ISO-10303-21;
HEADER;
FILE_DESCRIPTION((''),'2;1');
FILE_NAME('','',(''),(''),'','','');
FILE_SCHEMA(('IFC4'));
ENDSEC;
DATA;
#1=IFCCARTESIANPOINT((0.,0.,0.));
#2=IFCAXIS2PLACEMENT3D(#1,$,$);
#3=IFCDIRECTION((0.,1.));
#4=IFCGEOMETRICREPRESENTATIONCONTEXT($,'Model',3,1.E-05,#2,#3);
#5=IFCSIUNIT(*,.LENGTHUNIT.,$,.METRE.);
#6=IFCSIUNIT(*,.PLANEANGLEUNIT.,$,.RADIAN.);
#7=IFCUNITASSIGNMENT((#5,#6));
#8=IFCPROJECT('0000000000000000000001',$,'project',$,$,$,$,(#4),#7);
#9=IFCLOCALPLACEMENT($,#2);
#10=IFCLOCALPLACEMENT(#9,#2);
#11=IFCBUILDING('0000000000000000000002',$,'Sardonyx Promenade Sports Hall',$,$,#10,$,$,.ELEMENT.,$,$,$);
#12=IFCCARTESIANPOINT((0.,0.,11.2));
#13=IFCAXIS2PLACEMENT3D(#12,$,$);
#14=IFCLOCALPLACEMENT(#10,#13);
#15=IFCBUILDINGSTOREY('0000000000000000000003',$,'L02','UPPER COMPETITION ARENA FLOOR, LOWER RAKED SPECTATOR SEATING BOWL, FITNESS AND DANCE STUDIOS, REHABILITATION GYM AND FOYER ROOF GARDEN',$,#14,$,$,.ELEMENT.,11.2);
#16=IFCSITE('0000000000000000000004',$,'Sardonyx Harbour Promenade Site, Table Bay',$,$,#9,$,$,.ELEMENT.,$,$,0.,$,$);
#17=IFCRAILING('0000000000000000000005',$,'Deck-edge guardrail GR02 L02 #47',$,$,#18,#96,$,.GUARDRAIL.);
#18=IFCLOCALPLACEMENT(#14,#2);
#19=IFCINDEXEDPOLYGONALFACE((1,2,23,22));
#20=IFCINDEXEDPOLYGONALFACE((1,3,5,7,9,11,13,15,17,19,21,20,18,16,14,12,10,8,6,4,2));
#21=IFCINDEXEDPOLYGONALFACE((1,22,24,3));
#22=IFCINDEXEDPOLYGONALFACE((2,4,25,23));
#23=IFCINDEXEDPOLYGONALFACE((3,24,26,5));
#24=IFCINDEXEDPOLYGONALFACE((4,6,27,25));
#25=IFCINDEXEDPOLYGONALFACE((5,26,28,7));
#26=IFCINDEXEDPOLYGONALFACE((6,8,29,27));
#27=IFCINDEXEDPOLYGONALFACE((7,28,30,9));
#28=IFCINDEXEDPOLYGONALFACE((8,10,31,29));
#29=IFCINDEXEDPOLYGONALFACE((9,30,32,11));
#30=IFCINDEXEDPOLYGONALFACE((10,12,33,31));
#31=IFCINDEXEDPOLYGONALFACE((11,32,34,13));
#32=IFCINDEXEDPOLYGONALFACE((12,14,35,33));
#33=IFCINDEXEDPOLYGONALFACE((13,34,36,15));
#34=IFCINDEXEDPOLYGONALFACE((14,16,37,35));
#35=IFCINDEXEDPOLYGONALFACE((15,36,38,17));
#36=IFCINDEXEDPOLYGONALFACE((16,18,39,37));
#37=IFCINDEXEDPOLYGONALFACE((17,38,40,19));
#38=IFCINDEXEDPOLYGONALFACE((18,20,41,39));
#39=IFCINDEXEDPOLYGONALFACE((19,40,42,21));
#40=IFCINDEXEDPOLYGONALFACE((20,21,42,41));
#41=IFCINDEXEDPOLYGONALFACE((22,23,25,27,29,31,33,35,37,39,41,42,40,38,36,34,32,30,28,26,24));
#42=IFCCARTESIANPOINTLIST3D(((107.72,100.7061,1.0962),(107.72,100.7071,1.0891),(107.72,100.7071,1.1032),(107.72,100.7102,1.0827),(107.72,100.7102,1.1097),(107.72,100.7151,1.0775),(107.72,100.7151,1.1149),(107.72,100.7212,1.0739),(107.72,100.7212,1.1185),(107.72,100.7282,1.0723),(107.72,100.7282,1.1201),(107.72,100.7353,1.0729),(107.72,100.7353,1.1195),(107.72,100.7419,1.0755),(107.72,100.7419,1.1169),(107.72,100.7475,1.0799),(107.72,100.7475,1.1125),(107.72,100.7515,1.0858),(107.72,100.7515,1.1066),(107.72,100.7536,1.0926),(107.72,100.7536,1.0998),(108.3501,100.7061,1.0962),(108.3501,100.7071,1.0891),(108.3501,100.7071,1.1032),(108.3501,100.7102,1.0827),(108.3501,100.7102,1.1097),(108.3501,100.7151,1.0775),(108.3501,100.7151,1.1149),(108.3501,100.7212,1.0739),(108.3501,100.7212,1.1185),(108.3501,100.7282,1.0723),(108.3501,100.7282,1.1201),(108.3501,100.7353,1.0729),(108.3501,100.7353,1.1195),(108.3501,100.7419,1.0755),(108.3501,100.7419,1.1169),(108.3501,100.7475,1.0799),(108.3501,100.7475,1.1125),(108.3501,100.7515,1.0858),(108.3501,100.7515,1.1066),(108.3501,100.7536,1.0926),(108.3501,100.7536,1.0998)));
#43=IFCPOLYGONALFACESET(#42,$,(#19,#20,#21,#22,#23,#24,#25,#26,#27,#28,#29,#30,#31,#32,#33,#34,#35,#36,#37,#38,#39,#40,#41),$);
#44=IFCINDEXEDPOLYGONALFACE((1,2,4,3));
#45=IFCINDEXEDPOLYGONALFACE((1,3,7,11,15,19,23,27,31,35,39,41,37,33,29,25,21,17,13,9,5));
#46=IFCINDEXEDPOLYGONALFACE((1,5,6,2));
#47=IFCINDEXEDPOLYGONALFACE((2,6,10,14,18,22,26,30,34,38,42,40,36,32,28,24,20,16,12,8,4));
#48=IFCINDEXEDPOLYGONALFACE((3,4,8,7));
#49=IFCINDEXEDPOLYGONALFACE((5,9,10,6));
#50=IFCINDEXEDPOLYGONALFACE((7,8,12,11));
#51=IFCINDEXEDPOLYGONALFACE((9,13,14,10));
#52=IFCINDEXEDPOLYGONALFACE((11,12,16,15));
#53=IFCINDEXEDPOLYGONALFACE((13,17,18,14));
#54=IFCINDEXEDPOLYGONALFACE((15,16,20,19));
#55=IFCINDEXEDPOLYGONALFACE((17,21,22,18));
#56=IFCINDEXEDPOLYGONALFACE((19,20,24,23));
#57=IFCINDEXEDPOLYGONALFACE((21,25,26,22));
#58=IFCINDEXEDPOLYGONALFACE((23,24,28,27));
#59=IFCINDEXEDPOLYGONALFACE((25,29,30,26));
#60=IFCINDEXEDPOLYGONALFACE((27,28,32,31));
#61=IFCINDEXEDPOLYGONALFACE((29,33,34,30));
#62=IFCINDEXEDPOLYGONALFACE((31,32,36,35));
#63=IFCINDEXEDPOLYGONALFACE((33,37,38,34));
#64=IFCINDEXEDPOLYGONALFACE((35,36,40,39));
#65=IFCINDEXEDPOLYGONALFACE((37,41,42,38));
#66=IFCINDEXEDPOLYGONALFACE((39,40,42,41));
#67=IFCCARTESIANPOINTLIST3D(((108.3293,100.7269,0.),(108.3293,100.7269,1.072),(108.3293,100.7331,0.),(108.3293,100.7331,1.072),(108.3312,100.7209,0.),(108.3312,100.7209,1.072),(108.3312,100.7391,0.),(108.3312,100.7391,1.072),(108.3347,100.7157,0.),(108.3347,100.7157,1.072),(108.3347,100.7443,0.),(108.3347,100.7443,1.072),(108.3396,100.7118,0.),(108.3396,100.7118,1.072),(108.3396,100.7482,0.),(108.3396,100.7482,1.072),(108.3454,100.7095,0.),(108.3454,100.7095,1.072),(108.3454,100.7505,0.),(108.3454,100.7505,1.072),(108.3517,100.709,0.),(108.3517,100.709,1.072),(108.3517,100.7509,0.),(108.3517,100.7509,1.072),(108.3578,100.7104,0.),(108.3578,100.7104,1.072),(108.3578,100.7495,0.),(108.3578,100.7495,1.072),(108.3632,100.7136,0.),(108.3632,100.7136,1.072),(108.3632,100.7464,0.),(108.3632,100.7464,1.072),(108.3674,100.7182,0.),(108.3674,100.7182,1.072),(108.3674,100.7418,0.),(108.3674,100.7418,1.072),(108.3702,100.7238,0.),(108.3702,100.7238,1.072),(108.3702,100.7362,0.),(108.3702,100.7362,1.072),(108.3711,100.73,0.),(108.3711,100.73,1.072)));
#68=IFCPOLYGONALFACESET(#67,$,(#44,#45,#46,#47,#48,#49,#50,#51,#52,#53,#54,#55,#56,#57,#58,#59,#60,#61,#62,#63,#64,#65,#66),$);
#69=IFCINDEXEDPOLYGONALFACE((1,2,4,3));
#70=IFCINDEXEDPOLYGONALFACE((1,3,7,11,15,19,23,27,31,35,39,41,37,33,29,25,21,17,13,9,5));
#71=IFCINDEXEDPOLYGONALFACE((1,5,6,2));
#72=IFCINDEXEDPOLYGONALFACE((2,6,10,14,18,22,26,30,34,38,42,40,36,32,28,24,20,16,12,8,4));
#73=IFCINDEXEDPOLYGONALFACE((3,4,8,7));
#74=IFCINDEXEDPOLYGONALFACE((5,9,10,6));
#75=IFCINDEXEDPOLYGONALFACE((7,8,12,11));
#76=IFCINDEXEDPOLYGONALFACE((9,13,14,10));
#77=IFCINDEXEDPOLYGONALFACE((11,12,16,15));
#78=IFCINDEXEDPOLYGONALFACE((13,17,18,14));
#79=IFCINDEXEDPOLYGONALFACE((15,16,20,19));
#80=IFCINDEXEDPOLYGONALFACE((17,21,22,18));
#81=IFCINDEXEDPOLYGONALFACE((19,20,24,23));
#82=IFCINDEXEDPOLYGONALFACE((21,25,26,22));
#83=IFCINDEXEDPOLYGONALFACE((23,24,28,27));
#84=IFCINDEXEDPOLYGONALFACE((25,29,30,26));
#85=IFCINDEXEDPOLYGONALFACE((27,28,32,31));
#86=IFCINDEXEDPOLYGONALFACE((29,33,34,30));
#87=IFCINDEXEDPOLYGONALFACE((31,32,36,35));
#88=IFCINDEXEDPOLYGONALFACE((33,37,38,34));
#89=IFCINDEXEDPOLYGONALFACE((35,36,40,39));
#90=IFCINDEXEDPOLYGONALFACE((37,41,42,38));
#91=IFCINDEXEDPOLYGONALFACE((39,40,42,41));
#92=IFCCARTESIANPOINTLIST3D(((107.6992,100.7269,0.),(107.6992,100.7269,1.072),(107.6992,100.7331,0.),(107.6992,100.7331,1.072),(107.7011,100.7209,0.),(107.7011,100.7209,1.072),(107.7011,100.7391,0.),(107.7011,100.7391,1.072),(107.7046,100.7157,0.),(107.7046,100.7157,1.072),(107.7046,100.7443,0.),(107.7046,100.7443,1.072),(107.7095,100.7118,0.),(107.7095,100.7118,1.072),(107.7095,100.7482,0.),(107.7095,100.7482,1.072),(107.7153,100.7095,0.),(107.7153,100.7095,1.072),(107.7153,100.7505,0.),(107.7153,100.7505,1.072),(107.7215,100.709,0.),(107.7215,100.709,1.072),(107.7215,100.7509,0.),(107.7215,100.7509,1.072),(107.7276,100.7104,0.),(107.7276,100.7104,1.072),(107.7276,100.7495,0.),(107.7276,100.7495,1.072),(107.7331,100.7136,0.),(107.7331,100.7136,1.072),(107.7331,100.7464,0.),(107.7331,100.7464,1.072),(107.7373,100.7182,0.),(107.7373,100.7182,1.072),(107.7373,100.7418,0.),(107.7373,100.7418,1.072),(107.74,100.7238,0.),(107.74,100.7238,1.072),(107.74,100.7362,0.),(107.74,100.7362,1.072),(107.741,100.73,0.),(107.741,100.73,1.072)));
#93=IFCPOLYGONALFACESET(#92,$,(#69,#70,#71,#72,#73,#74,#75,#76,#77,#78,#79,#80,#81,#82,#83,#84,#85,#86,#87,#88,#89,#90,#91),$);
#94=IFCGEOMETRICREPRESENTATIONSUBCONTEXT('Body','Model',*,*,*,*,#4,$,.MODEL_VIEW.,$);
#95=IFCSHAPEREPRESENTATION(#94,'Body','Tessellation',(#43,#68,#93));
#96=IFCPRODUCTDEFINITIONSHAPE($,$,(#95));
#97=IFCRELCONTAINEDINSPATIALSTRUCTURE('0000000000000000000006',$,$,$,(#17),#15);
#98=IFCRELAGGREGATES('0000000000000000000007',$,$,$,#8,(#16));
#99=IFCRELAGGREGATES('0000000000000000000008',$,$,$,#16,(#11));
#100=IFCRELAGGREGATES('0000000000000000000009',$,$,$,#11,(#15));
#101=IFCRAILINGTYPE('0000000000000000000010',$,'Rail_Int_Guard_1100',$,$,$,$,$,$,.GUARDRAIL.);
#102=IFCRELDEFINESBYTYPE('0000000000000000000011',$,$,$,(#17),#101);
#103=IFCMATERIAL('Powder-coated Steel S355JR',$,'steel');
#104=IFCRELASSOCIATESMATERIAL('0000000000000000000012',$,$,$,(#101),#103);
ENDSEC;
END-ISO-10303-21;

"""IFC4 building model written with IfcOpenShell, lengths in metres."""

from ifc_helpers import new_model, si_unit, direction, frame, origin, origin_2d, place, context, subcontext, project, spatial, circle, extrude, material, type_object, element, save


model = new_model("IFC4")

# Units and contexts
model_context = context("Model", 3, precision=1e-05, world=origin(), true_north=direction((0.0, 1.0)))
body_context = subcontext(model_context, "Body", "Model", "MODEL_VIEW")
ifc_project = project(units=[si_unit("LENGTHUNIT", "METRE"), si_unit("PLANEANGLEUNIT", "RADIAN")], contexts=[model_context])

# Site, building, storey
site_placement = place(None, origin())
site = spatial("IfcSite", under=ifc_project, at=site_placement, Name="Sardonyx Harbour Promenade Site, Table Bay", CompositionType="ELEMENT", RefElevation=0.0)
building_placement = place(site_placement, origin())
building = spatial("IfcBuilding", under=site, at=building_placement, Name="Sardonyx Promenade Sports Hall", CompositionType="ELEMENT")
storey_placement = place(building_placement, frame((0.0, 0.0, 11.2)))
storey = spatial("IfcBuildingStorey", under=building, at=storey_placement, Name="L02", Description="UPPER COMPETITION ARENA FLOOR, LOWER RAKED SPECTATOR SEATING BOWL, FITNESS AND DANCE STUDIOS, REHABILITATION GYM AND FOYER ROOF GARDEN", CompositionType="ELEMENT", Elevation=11.2)

# Railing
ifc_material_1 = material(Name="Powder-coated Steel S355JR", Category="steel")
railing_type = type_object("IfcRailingType", Name="Rail_Int_Guard_1100", PredefinedType="GUARDRAIL", material=ifc_material_1)
railing_1_placement = place(storey_placement, frame((108.3501, 100.73, 0.0)))
element("IfcRailing", 1, at=railing_1_placement, inside=storey, type_object=railing_type, Name="Deck-edge guardrail GR02 L02 #47", PredefinedType="GUARDRAIL", context=body_context, shape_type="SweptSolid", body=[
    extrude(circle(Radius=0.0239, at=origin_2d()), frame((0.0, 0.0, 1.0962), z_axis=(-1.0, 0.0, 0.0), x_axis=(0.0, -1.0, 0.0)), (0.0, 0.0, 1.0), 0.6301),
    extrude(circle(Radius=0.021, at=origin_2d()), origin(), (0.0, 0.0, 1.0), 1.072),
    extrude(circle(Radius=0.021, at=origin_2d()), frame((-0.6301, 0.0, 0.0)), (0.0, 0.0, 1.0), 1.072),
])

save(model, "model.ifc")
